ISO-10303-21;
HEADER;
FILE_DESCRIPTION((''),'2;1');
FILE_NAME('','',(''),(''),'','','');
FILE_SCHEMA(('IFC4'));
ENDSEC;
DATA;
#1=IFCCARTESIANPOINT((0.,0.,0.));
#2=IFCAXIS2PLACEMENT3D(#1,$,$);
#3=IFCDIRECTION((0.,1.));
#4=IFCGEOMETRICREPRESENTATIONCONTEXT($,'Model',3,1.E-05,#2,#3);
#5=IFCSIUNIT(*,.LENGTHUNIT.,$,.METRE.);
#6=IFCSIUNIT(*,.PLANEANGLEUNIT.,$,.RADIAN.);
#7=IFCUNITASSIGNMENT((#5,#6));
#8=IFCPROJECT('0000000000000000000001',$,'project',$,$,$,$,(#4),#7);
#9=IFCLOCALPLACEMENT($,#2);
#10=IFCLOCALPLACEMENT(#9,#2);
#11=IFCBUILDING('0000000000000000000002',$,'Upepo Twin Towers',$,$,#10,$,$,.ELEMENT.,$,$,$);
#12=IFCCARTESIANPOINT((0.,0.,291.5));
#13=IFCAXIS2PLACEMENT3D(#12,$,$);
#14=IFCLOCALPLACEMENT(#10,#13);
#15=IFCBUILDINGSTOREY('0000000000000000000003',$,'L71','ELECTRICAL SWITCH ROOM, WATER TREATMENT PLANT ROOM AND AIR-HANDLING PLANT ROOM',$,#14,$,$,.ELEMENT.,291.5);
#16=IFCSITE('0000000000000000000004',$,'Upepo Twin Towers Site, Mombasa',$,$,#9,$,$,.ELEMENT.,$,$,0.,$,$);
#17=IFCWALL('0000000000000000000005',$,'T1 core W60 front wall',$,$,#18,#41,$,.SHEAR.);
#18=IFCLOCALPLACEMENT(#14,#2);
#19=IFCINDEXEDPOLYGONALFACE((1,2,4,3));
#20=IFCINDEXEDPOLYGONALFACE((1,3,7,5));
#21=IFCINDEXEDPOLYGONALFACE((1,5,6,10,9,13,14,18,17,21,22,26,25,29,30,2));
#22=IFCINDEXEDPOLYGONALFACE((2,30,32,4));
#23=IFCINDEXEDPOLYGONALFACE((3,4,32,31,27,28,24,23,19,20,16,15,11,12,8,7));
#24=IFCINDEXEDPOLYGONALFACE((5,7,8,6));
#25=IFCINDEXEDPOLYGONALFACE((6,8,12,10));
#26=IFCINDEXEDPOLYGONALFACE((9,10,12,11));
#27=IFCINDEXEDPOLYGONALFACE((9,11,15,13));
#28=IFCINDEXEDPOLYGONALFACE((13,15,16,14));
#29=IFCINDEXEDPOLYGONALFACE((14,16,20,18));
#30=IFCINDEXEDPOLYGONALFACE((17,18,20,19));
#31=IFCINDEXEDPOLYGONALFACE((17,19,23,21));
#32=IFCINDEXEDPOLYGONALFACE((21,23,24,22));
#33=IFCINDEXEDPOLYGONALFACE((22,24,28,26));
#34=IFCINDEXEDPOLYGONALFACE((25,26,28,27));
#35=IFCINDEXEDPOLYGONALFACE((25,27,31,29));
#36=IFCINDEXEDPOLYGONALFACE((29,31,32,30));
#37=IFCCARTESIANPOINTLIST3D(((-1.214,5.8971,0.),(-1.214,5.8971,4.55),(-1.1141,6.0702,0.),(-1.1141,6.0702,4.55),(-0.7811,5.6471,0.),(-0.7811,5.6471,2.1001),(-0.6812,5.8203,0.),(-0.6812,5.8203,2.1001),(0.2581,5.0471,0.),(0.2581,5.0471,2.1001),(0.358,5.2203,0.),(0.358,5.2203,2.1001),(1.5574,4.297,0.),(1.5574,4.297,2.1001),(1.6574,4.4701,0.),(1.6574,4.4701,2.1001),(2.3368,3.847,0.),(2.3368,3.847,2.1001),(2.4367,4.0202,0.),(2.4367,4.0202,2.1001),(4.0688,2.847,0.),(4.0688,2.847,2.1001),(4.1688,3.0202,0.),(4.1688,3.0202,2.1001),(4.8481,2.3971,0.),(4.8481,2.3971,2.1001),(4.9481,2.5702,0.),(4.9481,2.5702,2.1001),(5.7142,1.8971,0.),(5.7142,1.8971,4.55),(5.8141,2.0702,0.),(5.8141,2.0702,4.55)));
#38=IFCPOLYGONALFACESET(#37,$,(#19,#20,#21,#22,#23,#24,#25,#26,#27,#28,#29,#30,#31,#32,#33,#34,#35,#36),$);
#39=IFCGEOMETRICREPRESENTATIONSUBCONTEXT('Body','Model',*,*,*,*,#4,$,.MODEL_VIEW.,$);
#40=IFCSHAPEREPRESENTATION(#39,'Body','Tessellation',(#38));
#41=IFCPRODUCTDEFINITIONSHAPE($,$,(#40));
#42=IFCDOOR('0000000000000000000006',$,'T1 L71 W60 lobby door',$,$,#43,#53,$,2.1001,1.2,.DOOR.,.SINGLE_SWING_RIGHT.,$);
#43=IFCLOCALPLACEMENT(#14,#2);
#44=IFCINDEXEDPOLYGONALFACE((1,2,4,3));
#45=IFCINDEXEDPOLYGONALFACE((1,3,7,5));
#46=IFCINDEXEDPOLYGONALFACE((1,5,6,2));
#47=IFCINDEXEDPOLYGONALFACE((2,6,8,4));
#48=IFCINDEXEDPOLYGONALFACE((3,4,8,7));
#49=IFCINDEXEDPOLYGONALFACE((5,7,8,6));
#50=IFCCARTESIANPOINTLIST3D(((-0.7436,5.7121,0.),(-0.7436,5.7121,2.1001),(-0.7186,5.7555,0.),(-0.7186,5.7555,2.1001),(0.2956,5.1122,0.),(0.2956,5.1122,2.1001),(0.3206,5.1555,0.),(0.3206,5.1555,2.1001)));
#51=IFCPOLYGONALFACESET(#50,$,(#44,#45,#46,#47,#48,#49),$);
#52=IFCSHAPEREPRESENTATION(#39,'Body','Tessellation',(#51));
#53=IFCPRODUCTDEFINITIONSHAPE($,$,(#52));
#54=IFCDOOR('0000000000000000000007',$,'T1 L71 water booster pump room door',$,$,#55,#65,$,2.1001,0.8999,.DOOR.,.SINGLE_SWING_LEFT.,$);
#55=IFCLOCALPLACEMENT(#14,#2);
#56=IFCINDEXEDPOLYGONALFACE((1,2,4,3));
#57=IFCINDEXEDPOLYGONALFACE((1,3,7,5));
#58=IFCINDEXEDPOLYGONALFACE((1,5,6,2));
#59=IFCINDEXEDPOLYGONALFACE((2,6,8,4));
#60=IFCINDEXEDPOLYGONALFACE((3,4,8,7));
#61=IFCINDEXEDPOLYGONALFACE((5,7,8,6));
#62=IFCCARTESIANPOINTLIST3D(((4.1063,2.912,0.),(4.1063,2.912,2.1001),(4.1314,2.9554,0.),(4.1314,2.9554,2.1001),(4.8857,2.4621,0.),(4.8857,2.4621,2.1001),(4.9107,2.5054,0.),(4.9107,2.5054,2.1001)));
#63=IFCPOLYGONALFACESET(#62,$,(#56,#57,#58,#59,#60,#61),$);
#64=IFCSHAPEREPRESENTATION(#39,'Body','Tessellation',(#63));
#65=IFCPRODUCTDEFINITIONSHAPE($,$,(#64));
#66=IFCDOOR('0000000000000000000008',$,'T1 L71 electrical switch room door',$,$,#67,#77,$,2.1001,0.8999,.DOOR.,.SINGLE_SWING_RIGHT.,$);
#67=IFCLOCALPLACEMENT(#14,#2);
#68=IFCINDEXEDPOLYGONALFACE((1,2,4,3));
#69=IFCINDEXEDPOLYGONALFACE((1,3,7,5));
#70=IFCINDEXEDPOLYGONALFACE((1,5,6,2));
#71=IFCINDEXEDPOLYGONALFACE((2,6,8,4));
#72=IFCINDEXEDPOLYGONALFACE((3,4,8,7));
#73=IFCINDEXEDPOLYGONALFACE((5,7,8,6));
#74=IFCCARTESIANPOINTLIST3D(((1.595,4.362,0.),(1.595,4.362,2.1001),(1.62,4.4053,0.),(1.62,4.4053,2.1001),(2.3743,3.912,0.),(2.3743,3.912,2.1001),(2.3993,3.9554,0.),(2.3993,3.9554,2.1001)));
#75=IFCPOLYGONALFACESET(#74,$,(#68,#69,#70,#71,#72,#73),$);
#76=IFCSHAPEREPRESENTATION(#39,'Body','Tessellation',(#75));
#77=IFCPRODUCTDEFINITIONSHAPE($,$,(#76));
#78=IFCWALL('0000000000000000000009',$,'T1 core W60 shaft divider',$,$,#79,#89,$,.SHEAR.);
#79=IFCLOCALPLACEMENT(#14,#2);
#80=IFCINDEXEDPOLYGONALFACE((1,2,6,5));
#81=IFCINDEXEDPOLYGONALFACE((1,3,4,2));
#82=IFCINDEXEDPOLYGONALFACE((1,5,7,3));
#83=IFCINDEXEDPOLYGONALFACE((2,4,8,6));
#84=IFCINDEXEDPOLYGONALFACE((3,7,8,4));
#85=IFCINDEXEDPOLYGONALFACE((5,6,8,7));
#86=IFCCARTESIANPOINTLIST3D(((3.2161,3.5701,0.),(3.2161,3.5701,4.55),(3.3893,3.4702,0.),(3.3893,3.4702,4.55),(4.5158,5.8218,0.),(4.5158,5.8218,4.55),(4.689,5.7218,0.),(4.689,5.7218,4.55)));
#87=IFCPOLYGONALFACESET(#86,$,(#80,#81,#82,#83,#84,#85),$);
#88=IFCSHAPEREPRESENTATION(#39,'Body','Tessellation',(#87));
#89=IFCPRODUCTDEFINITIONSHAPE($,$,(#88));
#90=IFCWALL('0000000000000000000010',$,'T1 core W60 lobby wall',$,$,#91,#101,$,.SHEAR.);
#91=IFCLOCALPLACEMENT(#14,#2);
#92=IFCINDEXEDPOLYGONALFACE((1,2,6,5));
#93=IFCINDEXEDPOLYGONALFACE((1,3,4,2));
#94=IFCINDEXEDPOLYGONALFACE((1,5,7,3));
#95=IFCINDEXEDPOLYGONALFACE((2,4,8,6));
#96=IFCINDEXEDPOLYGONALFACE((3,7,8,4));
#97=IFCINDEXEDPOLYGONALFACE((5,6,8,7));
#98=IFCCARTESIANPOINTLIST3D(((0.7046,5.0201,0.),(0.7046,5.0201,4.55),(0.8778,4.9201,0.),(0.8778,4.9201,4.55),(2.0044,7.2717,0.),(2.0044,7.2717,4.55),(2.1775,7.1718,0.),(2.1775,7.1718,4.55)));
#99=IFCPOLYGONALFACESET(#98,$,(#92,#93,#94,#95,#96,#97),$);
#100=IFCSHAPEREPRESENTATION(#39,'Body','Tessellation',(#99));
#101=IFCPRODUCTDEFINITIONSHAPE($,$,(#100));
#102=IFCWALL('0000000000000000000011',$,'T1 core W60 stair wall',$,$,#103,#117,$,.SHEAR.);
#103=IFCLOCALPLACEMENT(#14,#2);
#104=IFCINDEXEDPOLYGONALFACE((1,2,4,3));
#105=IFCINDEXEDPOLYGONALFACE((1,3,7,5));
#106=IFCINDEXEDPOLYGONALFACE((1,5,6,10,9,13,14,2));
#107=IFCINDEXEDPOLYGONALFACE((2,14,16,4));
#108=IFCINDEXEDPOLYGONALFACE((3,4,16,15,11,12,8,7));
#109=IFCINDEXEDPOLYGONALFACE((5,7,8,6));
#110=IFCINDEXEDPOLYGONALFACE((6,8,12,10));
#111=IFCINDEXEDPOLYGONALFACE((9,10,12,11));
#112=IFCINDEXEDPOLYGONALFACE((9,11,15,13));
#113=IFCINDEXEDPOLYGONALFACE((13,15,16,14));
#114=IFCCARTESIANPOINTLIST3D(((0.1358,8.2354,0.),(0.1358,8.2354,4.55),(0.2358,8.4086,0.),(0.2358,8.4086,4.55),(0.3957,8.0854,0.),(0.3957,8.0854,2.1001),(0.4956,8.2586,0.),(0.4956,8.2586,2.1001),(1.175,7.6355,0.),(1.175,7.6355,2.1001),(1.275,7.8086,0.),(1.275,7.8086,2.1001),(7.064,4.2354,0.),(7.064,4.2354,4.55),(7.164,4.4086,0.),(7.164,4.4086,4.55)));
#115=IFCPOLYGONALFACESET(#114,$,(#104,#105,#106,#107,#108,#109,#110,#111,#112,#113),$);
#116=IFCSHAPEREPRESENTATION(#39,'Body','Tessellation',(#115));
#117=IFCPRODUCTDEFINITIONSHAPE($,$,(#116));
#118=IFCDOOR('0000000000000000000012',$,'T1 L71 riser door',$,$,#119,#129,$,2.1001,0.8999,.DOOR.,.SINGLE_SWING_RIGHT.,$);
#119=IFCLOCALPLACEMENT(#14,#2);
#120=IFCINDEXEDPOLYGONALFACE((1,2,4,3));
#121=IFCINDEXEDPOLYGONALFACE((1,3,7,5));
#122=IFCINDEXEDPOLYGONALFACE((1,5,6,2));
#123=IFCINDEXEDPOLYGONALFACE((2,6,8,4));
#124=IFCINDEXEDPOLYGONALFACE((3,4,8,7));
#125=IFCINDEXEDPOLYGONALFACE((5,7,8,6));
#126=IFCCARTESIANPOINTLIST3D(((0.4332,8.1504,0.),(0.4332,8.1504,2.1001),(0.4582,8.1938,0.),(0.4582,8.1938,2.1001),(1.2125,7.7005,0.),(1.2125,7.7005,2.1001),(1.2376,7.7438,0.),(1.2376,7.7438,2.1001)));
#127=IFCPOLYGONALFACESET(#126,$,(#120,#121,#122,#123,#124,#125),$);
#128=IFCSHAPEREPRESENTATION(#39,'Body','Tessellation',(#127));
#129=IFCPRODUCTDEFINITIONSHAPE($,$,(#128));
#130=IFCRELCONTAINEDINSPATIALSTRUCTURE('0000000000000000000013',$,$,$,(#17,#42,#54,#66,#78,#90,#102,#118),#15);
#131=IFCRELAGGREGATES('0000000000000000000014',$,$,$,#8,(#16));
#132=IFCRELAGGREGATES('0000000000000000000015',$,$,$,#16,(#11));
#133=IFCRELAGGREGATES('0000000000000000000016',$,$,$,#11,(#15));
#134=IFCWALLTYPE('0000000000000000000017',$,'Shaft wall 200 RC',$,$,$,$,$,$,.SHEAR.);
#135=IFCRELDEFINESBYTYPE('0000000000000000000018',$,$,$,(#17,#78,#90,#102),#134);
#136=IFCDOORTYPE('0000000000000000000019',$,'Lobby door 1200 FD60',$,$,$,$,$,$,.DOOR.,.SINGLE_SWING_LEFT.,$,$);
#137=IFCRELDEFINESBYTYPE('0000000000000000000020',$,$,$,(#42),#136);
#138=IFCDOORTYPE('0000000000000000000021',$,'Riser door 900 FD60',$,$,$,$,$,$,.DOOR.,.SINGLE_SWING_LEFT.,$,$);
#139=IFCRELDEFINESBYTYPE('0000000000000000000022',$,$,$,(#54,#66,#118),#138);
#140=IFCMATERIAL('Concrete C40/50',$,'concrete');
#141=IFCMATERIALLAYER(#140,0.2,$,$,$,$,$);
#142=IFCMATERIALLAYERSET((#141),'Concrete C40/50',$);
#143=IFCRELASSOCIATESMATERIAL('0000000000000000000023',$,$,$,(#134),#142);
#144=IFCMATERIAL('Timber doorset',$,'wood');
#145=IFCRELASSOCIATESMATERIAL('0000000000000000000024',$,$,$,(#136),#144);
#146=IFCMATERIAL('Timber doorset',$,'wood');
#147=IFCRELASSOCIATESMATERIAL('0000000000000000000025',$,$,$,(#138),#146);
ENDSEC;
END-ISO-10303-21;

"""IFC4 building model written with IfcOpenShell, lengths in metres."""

from ifc_helpers import new_model, si_unit, direction, frame, frame_2d, origin, place, context, subcontext, project, spatial, rectangle, extrude, material, layer, layer_set, type_object, element, fill, save


model = new_model("IFC4")

# Units and contexts
model_context = context("Model", 3, precision=1e-05, world=origin(), true_north=direction((0.0, 1.0)))
body_context = subcontext(model_context, "Body", "Model", "MODEL_VIEW")
ifc_project = project(units=[si_unit("LENGTHUNIT", "METRE"), si_unit("PLANEANGLEUNIT", "RADIAN")], contexts=[model_context])

# Site, building, storey
site_placement = place(None, origin())
site = spatial("IfcSite", under=ifc_project, at=site_placement, Name="Upepo Twin Towers Site, Mombasa", CompositionType="ELEMENT", RefElevation=0.0)
building_placement = place(site_placement, origin())
building = spatial("IfcBuilding", under=site, at=building_placement, Name="Upepo Twin Towers", CompositionType="ELEMENT")
storey_placement = place(building_placement, frame((0.0, 0.0, 291.5)))
storey = spatial("IfcBuildingStorey", under=building, at=storey_placement, Name="L71", Description="ELECTRICAL SWITCH ROOM, WATER TREATMENT PLANT ROOM AND AIR-HANDLING PLANT ROOM", CompositionType="ELEMENT", Elevation=291.5)

# Wall, openings, doors
ifc_material_1 = material(Name="Concrete C40/50", Category="concrete")
ifc_layer_1 = layer(ifc_material_1, 0.2)
ifc_layer_set_1 = layer_set([ifc_layer_1], Name="Concrete C40/50")
wall_type_1 = type_object("IfcWallType", Name="Shaft wall 200 RC", PredefinedType="SHEAR", material=ifc_layer_set_1)
wall_1_placement = place(storey_placement, frame((5.7642, 1.9836, 0.0), z_axis=(0.0, 0.0, 1.0), x_axis=(-0.866026, 0.499999, 0.0)))
wall_1 = element("IfcWall", 1, at=wall_1_placement, inside=storey, type_object=wall_type_1, Name="T1 core W60 front wall", PredefinedType="SHEAR", context=body_context, shape_type="SweptSolid", body=[
    extrude(rectangle(XDim=8.0, YDim=0.2, at=frame_2d((4.0, 0.0))), origin(), (0.0, 0.0, 1.0), 4.55),
])
opening_1_placement = place(wall_1_placement, frame((6.3, 0.0, 0.0)))
opening_1 = element("IfcOpeningElement", 2, at=opening_1_placement, cuts=wall_1, PredefinedType="OPENING", context=body_context, shape_type="SweptSolid", body=[
    extrude(rectangle(XDim=1.2, YDim=2.1001, at=frame_2d((0.6001, 1.05))), frame((0.0, 0.1099, 0.0), z_axis=(0.0, -1.0, 0.0), x_axis=(1.0, 0.0, 0.0)), (0.0, 0.0, 1.0), 0.22),
])
opening_2_placement = place(wall_1_placement, frame((1.0, 0.0, 0.0)))
opening_2 = element("IfcOpeningElement", 3, at=opening_2_placement, cuts=wall_1, PredefinedType="OPENING", context=body_context, shape_type="SweptSolid", body=[
    extrude(rectangle(XDim=0.8999, YDim=2.1001, at=frame_2d((0.45, 1.05))), frame((0.0, 0.1099, 0.0), z_axis=(0.0, -1.0, 0.0), x_axis=(1.0, 0.0, 0.0)), (0.0, 0.0, 1.0), 0.22),
])
opening_3_placement = place(wall_1_placement, frame((3.8999, 0.0, 0.0)))
opening_3 = element("IfcOpeningElement", 4, at=opening_3_placement, cuts=wall_1, PredefinedType="OPENING", context=body_context, shape_type="SweptSolid", body=[
    extrude(rectangle(XDim=0.8999, YDim=2.1001, at=frame_2d((0.45, 1.05))), frame((0.0, 0.1099, 0.0), z_axis=(0.0, -1.0, 0.0), x_axis=(1.0, 0.0, 0.0)), (0.0, 0.0, 1.0), 0.22),
])
ifc_material_2 = material(Name="Timber doorset", Category="wood")
door_type_1 = type_object("IfcDoorType", Name="Lobby door 1200 FD60", OperationType="SINGLE_SWING_LEFT", PredefinedType="DOOR", material=ifc_material_2)
door_1_placement = place(opening_1_placement, origin())
door_1 = element("IfcDoor", 5, at=door_1_placement, inside=storey, type_object=door_type_1, Name="T1 L71 W60 lobby door", OperationType="SINGLE_SWING_RIGHT", OverallHeight=2.1001, OverallWidth=1.2, PredefinedType="DOOR", context=body_context, shape_type="SweptSolid", body=[
    extrude(rectangle(XDim=1.2, YDim=2.1001, at=frame_2d((0.6001, 1.05))), frame((0.0, 0.0249, 0.0), z_axis=(0.0, -1.0, 0.0), x_axis=(1.0, 0.0, 0.0)), (0.0, 0.0, 1.0), 0.05),
])
fill(opening_1, door_1)
ifc_material_3 = material(Name="Timber doorset", Category="wood")
door_type_2 = type_object("IfcDoorType", Name="Riser door 900 FD60", OperationType="SINGLE_SWING_LEFT", PredefinedType="DOOR", material=ifc_material_3)
door_2_placement = place(opening_2_placement, origin())
door_2 = element("IfcDoor", 6, at=door_2_placement, inside=storey, type_object=door_type_2, Name="T1 L71 water booster pump room door", OperationType="SINGLE_SWING_LEFT", OverallHeight=2.1001, OverallWidth=0.8999, PredefinedType="DOOR", context=body_context, shape_type="SweptSolid", body=[
    extrude(rectangle(XDim=0.8999, YDim=2.1001, at=frame_2d((0.45, 1.05))), frame((0.0, 0.0249, 0.0), z_axis=(0.0, -1.0, 0.0), x_axis=(1.0, 0.0, 0.0)), (0.0, 0.0, 1.0), 0.05),
])
fill(opening_2, door_2)
door_3_placement = place(opening_3_placement, origin())
door_3 = element("IfcDoor", 7, at=door_3_placement, inside=storey, type_object=door_type_2, Name="T1 L71 electrical switch room door", OperationType="SINGLE_SWING_RIGHT", OverallHeight=2.1001, OverallWidth=0.8999, PredefinedType="DOOR", context=body_context, shape_type="SweptSolid", body=[
    extrude(rectangle(XDim=0.8999, YDim=2.1001, at=frame_2d((0.45, 1.05))), frame((0.0, 0.0249, 0.0), z_axis=(0.0, -1.0, 0.0), x_axis=(1.0, 0.0, 0.0)), (0.0, 0.0, 1.0), 0.05),
])
fill(opening_3, door_3)

# Walls
for number, where, z_axis, x_axis, name in (
    (8, (3.3027, 3.5203, 0.0), (0.0, 0.0, 1.0), (0.499937, 0.866062, 0.0), "T1 core W60 shaft divider"),
    (9, (0.7913, 4.9702, 0.0), (0.0, 0.0, 1.0), (0.499937, 0.866062, 0.0), "T1 core W60 lobby wall"),
):
    element("IfcWall", number, at=place(storey_placement, frame(where, z_axis=z_axis, x_axis=x_axis)), inside=storey, type_object=wall_type_1, Name=name, PredefinedType="SHEAR", context=body_context, shape_type="SweptSolid", body=[
        extrude(rectangle(XDim=2.5999, YDim=0.2, at=frame_2d((1.2998, 0.0))), origin(), (0.0, 0.0, 1.0), 4.55),
    ])

# Wall, opening, door
wall_2_placement = place(storey_placement, frame((7.114, 4.322, 0.0), z_axis=(0.0, 0.0, 1.0), x_axis=(-0.866026, 0.499999, 0.0)))
wall_2 = element("IfcWall", 10, at=wall_2_placement, inside=storey, type_object=wall_type_1, Name="T1 core W60 stair wall", PredefinedType="SHEAR", context=body_context, shape_type="SweptSolid", body=[
    extrude(rectangle(XDim=8.0, YDim=0.2, at=frame_2d((4.0, 0.0))), origin(), (0.0, 0.0, 1.0), 4.55),
])
opening_4_placement = place(wall_2_placement, frame((6.8, 0.0, 0.0)))
opening_4 = element("IfcOpeningElement", 11, at=opening_4_placement, cuts=wall_2, PredefinedType="OPENING", context=body_context, shape_type="SweptSolid", body=[
    extrude(rectangle(XDim=0.8999, YDim=2.1001, at=frame_2d((0.45, 1.05))), frame((0.0, 0.1099, 0.0), z_axis=(0.0, -1.0, 0.0), x_axis=(1.0, 0.0, 0.0)), (0.0, 0.0, 1.0), 0.22),
])
door_4_placement = place(opening_4_placement, origin())
door_4 = element("IfcDoor", 12, at=door_4_placement, inside=storey, type_object=door_type_2, Name="T1 L71 riser door", OperationType="SINGLE_SWING_RIGHT", OverallHeight=2.1001, OverallWidth=0.8999, PredefinedType="DOOR", context=body_context, shape_type="SweptSolid", body=[
    extrude(rectangle(XDim=0.8999, YDim=2.1001, at=frame_2d((0.45, 1.05))), frame((0.0, 0.0249, 0.0), z_axis=(0.0, -1.0, 0.0), x_axis=(1.0, 0.0, 0.0)), (0.0, 0.0, 1.0), 0.05),
])
fill(opening_4, door_4)

save(model, "model.ifc")
